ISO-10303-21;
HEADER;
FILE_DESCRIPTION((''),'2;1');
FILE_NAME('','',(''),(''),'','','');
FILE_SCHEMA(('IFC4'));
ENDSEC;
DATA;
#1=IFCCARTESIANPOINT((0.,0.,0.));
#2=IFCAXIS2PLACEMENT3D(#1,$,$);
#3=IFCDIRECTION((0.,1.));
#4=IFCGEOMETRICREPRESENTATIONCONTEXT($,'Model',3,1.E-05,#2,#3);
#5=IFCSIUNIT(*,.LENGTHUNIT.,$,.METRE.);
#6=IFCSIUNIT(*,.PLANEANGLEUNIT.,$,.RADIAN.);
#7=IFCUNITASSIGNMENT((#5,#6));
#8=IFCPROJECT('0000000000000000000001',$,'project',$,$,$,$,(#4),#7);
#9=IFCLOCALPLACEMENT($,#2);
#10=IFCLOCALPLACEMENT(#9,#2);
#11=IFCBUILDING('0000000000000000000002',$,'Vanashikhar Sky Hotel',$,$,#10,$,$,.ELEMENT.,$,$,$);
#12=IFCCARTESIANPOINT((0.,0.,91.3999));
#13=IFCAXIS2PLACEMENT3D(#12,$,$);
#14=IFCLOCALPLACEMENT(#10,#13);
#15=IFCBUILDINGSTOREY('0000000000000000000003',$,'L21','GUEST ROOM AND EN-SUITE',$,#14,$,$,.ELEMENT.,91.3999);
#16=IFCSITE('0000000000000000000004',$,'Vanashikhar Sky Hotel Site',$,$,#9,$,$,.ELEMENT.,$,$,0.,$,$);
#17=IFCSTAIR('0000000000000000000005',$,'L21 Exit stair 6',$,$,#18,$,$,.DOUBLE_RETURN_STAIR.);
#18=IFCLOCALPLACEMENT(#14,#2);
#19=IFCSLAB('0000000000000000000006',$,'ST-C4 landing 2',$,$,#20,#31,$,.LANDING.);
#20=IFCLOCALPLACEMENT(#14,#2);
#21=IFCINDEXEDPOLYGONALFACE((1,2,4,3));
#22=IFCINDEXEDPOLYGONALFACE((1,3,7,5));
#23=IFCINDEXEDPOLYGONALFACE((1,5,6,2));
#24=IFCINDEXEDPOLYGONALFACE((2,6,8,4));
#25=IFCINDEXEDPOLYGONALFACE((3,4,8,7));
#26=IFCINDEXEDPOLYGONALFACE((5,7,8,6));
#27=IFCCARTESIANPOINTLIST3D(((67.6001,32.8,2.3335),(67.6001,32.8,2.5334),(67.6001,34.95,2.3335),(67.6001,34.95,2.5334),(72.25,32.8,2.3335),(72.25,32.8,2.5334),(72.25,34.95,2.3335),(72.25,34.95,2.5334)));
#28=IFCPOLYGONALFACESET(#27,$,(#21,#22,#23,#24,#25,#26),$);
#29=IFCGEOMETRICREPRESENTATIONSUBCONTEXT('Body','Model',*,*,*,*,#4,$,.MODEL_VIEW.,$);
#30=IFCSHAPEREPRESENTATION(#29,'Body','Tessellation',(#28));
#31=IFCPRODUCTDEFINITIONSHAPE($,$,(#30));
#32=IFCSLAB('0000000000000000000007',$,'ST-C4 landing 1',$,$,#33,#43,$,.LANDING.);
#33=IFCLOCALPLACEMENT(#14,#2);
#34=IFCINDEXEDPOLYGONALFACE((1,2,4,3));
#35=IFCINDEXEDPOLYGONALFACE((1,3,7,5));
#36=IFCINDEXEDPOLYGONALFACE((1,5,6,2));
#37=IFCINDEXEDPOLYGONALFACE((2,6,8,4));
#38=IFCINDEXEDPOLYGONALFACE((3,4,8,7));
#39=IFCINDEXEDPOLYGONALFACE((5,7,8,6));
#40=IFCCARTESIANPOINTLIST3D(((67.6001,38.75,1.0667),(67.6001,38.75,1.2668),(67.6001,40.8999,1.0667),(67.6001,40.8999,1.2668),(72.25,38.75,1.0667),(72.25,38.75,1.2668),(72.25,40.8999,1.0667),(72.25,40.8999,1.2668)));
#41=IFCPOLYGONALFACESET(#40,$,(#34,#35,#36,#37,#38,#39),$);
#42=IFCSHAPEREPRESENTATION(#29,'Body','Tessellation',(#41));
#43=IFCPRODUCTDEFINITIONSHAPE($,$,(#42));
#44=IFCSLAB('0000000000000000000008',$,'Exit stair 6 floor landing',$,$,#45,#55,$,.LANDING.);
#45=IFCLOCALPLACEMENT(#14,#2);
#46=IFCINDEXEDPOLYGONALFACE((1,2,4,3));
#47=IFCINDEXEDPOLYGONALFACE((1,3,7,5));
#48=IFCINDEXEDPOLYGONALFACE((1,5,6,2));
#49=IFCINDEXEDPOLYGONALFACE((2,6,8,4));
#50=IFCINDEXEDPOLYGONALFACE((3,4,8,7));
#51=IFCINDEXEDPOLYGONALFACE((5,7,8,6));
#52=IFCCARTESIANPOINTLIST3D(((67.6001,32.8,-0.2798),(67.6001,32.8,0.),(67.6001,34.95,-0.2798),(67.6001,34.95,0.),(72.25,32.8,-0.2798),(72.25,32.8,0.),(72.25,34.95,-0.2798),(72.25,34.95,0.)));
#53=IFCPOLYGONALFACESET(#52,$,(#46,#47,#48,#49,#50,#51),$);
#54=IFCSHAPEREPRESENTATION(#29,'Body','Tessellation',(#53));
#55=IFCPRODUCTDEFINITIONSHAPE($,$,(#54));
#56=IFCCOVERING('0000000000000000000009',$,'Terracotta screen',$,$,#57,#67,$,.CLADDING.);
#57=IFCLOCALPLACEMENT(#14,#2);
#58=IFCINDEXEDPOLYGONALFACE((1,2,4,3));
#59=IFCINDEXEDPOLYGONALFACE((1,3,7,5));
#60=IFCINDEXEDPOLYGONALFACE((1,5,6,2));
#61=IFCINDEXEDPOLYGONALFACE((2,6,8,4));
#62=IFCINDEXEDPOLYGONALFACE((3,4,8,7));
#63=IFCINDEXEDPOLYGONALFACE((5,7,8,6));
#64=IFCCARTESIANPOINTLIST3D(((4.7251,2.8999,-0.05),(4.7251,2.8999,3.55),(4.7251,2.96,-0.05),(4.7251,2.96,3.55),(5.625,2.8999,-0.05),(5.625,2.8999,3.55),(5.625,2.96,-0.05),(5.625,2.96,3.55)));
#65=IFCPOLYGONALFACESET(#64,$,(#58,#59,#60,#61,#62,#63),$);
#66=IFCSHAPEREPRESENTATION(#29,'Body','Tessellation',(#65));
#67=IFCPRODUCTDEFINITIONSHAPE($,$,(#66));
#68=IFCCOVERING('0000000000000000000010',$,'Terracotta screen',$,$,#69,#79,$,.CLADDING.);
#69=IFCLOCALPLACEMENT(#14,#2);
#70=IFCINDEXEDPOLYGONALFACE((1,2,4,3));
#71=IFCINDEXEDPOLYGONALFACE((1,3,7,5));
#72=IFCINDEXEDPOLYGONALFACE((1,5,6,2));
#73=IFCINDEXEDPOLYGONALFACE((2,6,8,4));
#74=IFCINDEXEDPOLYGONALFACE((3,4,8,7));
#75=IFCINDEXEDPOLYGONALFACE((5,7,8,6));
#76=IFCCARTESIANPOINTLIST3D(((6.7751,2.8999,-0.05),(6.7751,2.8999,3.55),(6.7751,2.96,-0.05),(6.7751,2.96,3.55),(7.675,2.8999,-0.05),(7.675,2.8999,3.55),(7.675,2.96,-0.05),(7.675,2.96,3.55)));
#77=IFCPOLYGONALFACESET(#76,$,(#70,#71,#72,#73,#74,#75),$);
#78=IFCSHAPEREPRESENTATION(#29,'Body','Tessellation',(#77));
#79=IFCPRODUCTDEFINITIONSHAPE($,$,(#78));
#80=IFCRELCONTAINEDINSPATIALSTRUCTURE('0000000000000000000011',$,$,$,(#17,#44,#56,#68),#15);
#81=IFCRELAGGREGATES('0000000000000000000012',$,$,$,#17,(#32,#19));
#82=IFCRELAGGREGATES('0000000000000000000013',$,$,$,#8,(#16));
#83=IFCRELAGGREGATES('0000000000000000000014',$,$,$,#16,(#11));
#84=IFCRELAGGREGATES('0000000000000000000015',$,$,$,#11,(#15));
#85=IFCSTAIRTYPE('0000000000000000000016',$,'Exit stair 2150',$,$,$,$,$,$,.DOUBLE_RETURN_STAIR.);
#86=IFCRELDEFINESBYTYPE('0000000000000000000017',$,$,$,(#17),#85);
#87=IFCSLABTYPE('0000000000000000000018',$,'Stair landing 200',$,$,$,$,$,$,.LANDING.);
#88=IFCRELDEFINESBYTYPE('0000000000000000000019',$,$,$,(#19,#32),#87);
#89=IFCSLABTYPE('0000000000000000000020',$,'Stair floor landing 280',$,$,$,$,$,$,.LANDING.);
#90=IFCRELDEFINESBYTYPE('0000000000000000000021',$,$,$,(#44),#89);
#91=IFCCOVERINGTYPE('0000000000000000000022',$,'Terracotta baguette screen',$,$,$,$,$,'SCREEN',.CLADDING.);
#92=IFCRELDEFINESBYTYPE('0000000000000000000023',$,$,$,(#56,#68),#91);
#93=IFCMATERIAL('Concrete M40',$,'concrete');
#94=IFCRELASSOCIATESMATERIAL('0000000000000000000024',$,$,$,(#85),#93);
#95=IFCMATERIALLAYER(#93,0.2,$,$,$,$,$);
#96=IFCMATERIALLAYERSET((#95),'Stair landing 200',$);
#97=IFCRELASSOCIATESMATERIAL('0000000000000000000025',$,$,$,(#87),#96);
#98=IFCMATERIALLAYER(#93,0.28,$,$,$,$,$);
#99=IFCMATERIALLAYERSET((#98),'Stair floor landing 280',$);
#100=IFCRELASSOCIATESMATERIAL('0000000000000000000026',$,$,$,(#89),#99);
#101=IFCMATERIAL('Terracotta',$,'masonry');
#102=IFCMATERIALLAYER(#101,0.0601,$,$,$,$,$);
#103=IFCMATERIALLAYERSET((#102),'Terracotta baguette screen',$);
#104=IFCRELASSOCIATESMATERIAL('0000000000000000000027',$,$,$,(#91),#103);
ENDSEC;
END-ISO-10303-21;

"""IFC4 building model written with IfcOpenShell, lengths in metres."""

from ifc_helpers import new_model, si_unit, direction, frame, origin, origin_2d, place, context, subcontext, project, spatial, polyline, rectangle, outline, extrude, source, transform, mapped, material, layer, layer_set, type_object, element, aggregate, save


model = new_model("IFC4")

# Units and contexts
model_context = context("Model", 3, precision=1e-05, world=origin(), true_north=direction((0.0, 1.0)))
body_context = subcontext(model_context, "Body", "Model", "MODEL_VIEW")
ifc_project = project(units=[si_unit("LENGTHUNIT", "METRE"), si_unit("PLANEANGLEUNIT", "RADIAN")], contexts=[model_context])

# Site, building, storey
site_placement = place(None, origin())
site = spatial("IfcSite", under=ifc_project, at=site_placement, Name="Vanashikhar Sky Hotel Site", CompositionType="ELEMENT", RefElevation=0.0)
building_placement = place(site_placement, origin())
building = spatial("IfcBuilding", under=site, at=building_placement, Name="Vanashikhar Sky Hotel", CompositionType="ELEMENT")
storey_placement = place(building_placement, frame((0.0, 0.0, 91.3999)))
storey = spatial("IfcBuildingStorey", under=building, at=storey_placement, Name="L21", Description="GUEST ROOM AND EN-SUITE", CompositionType="ELEMENT", Elevation=91.3999)

# Shared definitions
ifc_material_1 = material(Name="Concrete M40", Category="concrete")

# Shared definitions
stair_type = type_object("IfcStairType", Name="Exit stair 2150", PredefinedType="DOUBLE_RETURN_STAIR", material=ifc_material_1)
ifc_layer_1 = layer(ifc_material_1, 0.2)
ifc_layer_set_1 = layer_set([ifc_layer_1], Name="Stair landing 200")
slab_type_1 = type_object("IfcSlabType", Name="Stair landing 200", PredefinedType="LANDING", material=ifc_layer_set_1)

# Shared definitions
ifc_layer_2 = layer(ifc_material_1, 0.28)
ifc_layer_set_2 = layer_set([ifc_layer_2], Name="Stair floor landing 280")
slab_type_2 = type_object("IfcSlabType", Name="Stair floor landing 280", PredefinedType="LANDING", material=ifc_layer_set_2)

# Stair, slabs
stair_1_placement = place(storey_placement, origin())
stair_1 = element("IfcStair", 1, at=stair_1_placement, inside=storey, type_object=stair_type, Name="L21 Exit stair 6", PredefinedType="DOUBLE_RETURN_STAIR")
shared_shape_1 = source(origin(), body_context, "Body", "SweptSolid", [
    extrude(outline(polyline([(72.25, 32.8), (72.25, 34.95), (67.6001, 34.95), (67.6001, 32.8), (72.25, 32.8)])), origin(), (0.0, 0.0, 1.0), 0.2),
])
slab_1_placement = place(storey_placement, frame((0.0, 0.0, 2.3335)))
slab_1 = element("IfcSlab", 2, at=slab_1_placement, type_object=slab_type_1, Name="ST-C4 landing 2", PredefinedType="LANDING", context=body_context, shape_type="MappedRepresentation", body=[
    mapped(shared_shape_1, transform((0.0, 0.0, 0.0), scale=1.0)),
])
shared_shape_2 = source(origin(), body_context, "Body", "SweptSolid", [
    extrude(outline(polyline([(72.25, 38.75), (72.25, 40.8999), (67.6001, 40.8999), (67.6001, 38.75), (72.25, 38.75)])), origin(), (0.0, 0.0, 1.0), 0.2002),
])
slab_2_placement = place(storey_placement, frame((0.0, 0.0, 1.0667)))
slab_2 = element("IfcSlab", 3, at=slab_2_placement, type_object=slab_type_1, Name="ST-C4 landing 1", PredefinedType="LANDING", context=body_context, shape_type="MappedRepresentation", body=[
    mapped(shared_shape_2, transform((0.0, 0.0, 0.0), scale=1.0)),
])
aggregate(stair_1, [slab_2, slab_1])

# Slab
shared_shape_3 = source(origin(), body_context, "Body", "SweptSolid", [
    extrude(outline(polyline([(72.25, 32.8), (72.25, 34.95), (67.6001, 34.95), (67.6001, 32.8), (72.25, 32.8)])), origin(), (0.0, 0.0, 1.0), 0.2798),
])
slab_3_placement = place(storey_placement, frame((0.0, 0.0, -0.2798)))
element("IfcSlab", 4, at=slab_3_placement, inside=storey, type_object=slab_type_2, Name="Exit stair 6 floor landing", PredefinedType="LANDING", context=body_context, shape_type="MappedRepresentation", body=[
    mapped(shared_shape_3, transform((0.0, 0.0, 0.0), scale=1.0)),
])

# Coverings
ifc_material_2 = material(Name="Terracotta", Category="masonry")
ifc_layer_3 = layer(ifc_material_2, 0.0601)
ifc_layer_set_3 = layer_set([ifc_layer_3], Name="Terracotta baguette screen")
covering_type = type_object("IfcCoveringType", Name="Terracotta baguette screen", ElementType="SCREEN", PredefinedType="CLADDING", material=ifc_layer_set_3)
shared_shape_4 = source(origin(), body_context, "Body", "SweptSolid", [
    extrude(rectangle(XDim=0.8999, YDim=0.0601, at=origin_2d()), origin(), (0.0, 0.0, 1.0), 3.6001),
])
for number, where, z_axis, x_axis, name in (
    (5, (5.175, 2.9299, -0.05), (0.0, 0.0, 1.0), (1.0, 0.0, 0.0), "Terracotta screen"),
    (6, (7.2251, 2.9299, -0.05), (0.0, 0.0, 1.0), (1.0, 0.0, 0.0), "Terracotta screen"),
):
    element("IfcCovering", number, at=place(storey_placement, frame(where, z_axis=z_axis, x_axis=x_axis)), inside=storey, type_object=covering_type, Name=name, PredefinedType="CLADDING", context=body_context, shape_type="MappedRepresentation", body=[
        mapped(shared_shape_4, transform((0.0, 0.0, 0.0), scale=1.0)),
    ])

save(model, "model.ifc")
